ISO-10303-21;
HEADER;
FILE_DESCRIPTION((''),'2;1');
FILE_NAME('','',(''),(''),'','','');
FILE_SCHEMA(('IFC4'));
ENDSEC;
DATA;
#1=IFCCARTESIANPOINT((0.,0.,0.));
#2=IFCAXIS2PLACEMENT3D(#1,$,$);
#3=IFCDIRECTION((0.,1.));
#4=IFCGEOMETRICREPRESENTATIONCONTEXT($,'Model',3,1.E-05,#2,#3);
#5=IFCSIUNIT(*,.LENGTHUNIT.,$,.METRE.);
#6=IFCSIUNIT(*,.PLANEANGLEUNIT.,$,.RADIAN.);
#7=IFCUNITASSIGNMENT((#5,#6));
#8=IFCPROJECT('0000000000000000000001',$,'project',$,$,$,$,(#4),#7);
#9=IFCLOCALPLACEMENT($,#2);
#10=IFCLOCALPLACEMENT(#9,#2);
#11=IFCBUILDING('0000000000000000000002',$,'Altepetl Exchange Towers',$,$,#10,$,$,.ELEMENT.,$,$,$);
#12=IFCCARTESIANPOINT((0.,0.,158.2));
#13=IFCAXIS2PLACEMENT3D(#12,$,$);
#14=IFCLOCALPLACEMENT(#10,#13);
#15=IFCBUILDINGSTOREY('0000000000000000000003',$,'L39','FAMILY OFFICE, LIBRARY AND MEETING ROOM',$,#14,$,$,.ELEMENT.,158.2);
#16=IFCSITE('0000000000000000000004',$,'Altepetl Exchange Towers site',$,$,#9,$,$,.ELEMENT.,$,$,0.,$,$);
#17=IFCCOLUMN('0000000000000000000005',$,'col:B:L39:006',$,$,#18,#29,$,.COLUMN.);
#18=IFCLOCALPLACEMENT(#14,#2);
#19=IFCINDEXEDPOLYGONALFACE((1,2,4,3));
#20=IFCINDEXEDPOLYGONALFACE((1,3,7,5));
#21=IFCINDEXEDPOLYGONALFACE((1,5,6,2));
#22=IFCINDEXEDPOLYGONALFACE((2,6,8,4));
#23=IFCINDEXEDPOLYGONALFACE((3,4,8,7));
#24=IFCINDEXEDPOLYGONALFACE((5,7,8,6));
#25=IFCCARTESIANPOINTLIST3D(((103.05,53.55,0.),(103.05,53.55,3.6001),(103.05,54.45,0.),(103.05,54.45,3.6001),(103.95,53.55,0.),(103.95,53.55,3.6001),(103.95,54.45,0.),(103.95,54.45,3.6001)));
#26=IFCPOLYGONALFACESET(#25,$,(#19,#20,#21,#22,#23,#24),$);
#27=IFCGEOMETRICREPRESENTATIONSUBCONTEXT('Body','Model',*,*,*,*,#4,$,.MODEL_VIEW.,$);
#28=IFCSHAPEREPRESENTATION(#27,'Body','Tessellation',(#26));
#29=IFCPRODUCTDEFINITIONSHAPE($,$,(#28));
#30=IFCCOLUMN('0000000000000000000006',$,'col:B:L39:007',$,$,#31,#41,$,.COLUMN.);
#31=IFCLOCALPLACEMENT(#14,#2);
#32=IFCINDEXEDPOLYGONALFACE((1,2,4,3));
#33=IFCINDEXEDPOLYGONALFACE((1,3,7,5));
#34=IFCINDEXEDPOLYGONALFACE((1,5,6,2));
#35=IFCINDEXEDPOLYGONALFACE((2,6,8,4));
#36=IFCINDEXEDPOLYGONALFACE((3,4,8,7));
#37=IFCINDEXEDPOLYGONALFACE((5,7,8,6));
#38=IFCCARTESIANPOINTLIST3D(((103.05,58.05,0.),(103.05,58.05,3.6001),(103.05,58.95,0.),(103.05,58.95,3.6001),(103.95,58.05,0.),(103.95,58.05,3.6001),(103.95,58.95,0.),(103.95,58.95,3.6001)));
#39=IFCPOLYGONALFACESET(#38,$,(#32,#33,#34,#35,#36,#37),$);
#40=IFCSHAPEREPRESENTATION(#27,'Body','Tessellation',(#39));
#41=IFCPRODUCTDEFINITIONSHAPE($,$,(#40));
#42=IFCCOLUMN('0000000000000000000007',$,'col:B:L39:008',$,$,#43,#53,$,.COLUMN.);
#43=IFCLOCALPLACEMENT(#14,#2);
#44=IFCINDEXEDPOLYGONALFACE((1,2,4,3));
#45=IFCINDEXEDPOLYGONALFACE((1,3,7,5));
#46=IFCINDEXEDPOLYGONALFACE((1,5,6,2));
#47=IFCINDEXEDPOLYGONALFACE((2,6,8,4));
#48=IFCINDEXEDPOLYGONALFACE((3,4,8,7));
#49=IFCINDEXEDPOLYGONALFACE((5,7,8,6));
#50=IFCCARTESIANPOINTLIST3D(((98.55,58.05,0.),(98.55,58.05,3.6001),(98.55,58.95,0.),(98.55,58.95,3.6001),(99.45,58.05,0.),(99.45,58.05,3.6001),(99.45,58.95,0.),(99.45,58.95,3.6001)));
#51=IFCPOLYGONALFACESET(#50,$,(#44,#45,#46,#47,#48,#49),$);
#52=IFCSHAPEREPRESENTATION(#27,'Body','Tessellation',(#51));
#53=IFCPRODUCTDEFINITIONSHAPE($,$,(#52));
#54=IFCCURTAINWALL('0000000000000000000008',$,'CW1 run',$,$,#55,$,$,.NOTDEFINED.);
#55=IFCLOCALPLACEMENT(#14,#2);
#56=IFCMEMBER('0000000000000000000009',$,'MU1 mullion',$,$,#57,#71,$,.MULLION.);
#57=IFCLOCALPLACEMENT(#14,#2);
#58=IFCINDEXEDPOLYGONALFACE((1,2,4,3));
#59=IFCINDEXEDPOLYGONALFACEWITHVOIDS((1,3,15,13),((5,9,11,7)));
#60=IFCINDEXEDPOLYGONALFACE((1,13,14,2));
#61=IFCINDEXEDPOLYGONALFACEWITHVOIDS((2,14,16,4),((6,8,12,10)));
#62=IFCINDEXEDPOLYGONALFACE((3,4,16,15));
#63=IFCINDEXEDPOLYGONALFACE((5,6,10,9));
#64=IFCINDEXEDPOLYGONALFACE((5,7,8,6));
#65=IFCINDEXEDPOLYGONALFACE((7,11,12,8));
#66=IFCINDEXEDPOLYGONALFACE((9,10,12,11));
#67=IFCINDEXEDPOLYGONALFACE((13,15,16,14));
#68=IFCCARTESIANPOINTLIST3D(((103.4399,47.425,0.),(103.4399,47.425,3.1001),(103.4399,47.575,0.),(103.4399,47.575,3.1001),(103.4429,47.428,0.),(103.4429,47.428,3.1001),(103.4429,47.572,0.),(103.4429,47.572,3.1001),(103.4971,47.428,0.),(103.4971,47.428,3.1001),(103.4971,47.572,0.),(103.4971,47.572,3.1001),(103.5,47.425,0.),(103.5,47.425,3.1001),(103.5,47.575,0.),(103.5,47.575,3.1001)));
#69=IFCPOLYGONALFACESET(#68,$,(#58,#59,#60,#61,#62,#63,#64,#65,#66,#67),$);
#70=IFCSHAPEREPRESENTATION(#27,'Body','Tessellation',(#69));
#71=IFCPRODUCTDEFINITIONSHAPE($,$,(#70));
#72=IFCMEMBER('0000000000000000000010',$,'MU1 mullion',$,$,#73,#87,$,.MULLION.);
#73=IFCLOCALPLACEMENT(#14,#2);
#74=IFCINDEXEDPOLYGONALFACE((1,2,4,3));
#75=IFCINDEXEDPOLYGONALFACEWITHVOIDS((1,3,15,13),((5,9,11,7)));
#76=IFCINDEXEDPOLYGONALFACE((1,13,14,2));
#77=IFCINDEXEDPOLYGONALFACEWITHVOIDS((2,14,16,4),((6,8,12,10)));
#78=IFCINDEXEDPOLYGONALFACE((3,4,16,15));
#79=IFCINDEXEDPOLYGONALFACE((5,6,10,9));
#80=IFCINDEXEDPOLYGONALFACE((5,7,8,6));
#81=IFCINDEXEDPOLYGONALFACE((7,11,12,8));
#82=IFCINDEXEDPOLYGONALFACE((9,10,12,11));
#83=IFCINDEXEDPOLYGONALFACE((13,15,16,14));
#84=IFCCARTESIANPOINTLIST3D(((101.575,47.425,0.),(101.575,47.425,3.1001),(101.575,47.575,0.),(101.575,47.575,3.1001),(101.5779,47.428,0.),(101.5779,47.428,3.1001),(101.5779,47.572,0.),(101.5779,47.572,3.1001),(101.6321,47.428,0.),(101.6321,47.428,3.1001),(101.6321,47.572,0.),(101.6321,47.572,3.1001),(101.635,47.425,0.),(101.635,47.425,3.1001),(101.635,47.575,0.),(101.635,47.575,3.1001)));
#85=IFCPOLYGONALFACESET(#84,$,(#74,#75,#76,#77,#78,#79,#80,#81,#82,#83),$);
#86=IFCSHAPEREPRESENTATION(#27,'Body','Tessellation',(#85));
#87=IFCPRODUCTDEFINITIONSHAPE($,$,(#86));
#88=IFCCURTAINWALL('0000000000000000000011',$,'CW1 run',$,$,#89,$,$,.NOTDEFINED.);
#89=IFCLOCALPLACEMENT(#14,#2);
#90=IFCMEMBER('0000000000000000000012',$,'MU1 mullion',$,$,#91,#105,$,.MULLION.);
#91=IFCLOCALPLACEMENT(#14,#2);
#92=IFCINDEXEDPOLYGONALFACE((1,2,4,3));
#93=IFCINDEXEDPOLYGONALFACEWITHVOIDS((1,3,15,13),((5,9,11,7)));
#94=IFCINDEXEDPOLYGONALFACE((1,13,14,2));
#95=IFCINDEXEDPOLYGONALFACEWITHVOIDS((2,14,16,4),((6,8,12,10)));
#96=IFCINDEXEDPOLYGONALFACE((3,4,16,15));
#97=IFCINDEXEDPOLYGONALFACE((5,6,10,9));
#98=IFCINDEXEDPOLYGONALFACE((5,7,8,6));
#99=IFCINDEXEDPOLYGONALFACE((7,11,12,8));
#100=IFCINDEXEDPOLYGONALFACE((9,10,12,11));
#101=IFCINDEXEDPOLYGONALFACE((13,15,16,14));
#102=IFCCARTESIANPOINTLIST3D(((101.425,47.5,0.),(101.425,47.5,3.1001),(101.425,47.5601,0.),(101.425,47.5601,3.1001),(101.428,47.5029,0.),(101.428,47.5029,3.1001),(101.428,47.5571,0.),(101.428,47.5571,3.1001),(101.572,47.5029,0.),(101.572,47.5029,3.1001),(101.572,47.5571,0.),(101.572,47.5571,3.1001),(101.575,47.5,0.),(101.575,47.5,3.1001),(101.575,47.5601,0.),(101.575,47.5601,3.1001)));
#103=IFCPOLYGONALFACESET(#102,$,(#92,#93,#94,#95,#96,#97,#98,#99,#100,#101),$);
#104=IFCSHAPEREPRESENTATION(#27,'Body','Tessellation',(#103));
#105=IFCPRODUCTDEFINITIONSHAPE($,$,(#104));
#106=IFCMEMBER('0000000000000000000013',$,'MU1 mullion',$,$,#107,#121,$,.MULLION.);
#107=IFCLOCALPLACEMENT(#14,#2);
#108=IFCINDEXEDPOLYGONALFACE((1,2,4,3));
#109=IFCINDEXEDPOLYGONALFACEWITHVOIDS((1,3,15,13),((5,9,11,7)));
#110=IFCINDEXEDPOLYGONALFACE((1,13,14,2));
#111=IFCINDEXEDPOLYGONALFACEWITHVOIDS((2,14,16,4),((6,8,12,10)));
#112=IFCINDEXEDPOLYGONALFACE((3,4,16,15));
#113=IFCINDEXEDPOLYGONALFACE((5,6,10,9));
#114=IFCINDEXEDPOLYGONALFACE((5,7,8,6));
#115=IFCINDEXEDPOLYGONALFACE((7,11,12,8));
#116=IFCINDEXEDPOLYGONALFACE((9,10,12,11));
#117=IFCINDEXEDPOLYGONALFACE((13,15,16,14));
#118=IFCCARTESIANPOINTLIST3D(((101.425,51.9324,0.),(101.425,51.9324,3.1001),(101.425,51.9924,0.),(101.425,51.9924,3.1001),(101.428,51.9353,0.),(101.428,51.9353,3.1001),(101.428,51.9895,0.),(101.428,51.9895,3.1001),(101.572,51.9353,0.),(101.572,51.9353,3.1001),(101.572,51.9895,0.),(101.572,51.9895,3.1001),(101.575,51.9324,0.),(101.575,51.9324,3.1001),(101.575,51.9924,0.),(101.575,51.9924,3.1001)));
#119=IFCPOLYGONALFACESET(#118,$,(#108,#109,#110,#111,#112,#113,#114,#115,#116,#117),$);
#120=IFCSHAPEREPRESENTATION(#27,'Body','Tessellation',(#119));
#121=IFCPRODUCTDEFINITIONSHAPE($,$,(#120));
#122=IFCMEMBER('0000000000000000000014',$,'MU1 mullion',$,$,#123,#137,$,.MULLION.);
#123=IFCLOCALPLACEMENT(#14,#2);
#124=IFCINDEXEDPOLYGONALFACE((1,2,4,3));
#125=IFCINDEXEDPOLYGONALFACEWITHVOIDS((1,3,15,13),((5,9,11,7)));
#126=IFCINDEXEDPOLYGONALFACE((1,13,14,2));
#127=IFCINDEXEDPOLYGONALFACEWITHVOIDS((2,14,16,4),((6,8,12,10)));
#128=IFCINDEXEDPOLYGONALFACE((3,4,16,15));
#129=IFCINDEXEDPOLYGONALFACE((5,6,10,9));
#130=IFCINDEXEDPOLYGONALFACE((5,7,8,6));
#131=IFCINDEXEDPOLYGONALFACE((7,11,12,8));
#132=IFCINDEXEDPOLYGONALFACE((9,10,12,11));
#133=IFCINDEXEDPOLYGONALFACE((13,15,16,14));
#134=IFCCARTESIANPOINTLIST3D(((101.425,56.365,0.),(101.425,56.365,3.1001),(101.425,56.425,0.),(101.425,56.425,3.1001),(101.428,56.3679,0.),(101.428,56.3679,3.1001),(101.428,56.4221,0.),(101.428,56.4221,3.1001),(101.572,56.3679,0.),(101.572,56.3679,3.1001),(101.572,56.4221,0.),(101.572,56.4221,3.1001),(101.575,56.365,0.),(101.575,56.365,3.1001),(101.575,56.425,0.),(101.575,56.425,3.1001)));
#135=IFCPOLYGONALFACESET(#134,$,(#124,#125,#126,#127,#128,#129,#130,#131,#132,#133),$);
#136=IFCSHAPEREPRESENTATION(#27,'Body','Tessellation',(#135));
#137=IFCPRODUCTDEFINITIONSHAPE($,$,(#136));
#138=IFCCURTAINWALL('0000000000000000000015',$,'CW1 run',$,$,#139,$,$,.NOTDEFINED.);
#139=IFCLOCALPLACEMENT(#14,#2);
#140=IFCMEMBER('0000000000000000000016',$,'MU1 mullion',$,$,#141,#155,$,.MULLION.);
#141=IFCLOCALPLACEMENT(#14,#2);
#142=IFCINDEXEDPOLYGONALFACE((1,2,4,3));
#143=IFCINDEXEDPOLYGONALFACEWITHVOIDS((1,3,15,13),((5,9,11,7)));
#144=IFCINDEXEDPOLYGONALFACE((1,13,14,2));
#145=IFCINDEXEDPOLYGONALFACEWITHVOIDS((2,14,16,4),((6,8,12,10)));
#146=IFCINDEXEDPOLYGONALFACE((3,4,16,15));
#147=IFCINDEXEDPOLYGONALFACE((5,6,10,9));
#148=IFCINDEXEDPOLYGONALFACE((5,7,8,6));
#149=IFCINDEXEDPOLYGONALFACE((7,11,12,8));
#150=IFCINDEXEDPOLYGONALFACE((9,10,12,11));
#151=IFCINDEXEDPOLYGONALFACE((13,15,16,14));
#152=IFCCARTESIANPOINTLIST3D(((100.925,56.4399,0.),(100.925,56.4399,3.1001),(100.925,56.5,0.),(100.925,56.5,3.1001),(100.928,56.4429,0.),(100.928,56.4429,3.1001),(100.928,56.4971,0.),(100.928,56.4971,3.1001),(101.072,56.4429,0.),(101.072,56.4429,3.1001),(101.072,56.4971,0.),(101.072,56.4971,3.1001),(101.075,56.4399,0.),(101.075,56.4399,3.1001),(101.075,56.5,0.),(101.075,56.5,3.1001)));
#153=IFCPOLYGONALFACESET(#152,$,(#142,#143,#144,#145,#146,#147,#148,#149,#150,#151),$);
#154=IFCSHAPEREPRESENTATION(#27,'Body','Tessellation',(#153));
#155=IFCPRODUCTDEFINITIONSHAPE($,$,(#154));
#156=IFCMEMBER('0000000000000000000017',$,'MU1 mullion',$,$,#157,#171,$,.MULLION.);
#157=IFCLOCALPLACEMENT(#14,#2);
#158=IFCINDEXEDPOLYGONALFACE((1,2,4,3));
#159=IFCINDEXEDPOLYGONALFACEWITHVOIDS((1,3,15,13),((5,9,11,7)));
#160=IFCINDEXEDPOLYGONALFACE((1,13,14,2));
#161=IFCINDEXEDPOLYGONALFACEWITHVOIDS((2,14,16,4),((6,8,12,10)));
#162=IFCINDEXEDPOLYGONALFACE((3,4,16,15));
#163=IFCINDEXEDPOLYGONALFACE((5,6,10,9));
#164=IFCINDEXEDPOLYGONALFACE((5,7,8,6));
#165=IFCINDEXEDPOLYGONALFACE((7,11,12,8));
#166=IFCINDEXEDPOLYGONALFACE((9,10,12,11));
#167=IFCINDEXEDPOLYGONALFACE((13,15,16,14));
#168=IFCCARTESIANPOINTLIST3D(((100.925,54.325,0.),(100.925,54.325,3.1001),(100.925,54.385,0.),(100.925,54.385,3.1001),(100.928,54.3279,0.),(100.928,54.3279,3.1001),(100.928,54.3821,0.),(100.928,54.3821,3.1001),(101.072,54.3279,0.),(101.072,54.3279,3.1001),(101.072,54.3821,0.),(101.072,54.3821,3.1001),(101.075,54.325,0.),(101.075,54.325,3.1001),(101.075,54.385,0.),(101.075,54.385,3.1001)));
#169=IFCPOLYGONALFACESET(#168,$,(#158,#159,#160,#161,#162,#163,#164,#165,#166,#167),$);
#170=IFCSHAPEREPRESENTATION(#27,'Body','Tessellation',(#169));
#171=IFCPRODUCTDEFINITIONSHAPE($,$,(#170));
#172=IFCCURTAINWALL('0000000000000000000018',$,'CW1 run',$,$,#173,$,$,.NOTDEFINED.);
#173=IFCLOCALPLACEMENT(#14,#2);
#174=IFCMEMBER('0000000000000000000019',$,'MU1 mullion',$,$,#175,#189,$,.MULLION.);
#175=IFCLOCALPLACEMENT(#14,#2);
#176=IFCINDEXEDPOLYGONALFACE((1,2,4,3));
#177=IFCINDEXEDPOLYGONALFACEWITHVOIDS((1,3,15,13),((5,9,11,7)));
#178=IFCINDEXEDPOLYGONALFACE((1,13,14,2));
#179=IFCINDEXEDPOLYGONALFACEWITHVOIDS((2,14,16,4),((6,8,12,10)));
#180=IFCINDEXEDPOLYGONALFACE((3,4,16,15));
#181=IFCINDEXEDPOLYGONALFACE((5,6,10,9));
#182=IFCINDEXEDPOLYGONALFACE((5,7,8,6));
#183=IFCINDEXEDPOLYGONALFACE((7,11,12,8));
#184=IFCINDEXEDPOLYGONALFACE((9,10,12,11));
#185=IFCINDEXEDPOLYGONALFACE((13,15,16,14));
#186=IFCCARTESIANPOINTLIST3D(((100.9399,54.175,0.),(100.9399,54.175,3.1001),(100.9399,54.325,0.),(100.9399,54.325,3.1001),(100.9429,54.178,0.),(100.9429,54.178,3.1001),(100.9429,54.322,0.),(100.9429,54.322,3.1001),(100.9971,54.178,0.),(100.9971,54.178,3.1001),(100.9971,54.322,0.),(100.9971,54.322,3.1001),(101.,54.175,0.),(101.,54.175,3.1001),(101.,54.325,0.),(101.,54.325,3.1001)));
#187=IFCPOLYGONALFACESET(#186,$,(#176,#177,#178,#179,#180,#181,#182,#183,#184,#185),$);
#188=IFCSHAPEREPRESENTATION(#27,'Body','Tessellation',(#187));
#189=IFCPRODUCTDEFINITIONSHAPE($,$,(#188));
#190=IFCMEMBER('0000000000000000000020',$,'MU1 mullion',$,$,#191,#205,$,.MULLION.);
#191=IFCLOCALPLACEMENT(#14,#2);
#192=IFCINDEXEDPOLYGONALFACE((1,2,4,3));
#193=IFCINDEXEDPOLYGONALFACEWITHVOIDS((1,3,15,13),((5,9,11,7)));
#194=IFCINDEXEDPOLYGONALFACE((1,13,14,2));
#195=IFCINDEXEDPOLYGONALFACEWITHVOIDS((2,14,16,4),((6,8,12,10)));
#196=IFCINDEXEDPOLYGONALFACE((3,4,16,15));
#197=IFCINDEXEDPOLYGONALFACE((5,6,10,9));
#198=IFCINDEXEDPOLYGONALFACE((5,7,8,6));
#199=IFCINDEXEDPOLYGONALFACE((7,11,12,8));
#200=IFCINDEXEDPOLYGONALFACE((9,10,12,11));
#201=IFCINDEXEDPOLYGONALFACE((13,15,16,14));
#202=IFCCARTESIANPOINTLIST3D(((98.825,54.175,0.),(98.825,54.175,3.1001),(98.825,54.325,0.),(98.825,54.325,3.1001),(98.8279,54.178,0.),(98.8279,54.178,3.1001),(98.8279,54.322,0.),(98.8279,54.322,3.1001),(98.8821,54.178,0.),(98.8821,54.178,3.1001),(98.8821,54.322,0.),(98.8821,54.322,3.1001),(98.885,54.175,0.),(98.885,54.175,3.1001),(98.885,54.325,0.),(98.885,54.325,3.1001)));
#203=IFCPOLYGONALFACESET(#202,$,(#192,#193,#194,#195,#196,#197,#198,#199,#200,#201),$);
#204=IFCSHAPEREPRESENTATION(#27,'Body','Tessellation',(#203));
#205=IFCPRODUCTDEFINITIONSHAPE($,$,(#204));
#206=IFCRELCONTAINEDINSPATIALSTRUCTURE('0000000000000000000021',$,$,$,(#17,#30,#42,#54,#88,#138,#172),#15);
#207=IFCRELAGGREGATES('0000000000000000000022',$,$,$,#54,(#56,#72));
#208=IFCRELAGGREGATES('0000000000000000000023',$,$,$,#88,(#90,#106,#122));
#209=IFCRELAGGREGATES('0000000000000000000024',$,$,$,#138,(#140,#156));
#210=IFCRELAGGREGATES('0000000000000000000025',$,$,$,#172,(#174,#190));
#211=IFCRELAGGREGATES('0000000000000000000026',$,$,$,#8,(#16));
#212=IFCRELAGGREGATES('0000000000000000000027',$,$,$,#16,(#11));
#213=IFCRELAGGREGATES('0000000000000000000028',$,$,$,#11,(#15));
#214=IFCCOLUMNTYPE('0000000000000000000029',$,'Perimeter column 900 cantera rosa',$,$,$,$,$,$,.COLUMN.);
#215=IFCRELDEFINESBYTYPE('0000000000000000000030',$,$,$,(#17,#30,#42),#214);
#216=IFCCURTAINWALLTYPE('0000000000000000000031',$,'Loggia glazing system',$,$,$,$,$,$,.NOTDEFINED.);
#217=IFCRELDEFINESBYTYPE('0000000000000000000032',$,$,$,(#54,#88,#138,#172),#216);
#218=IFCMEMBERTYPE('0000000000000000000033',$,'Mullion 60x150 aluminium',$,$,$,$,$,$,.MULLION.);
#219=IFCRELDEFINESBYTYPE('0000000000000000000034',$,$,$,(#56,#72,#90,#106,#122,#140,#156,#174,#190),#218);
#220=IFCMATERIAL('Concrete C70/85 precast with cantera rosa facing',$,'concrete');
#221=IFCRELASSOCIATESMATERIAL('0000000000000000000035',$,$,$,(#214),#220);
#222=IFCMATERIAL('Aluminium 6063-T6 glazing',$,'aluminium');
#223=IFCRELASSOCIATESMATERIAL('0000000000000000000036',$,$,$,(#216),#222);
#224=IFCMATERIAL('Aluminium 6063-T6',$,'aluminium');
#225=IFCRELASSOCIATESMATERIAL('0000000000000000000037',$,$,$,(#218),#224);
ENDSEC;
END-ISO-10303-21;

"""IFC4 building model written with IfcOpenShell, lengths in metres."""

from ifc_helpers import new_model, si_unit, direction, frame, origin, origin_2d, place, context, subcontext, project, spatial, rectangle, hollow_rectangle, extrude, material, material_profile, profile_set, type_object, element, aggregate, save


model = new_model("IFC4")

# Units and contexts
model_context = context("Model", 3, precision=1e-05, world=origin(), true_north=direction((0.0, 1.0)))
body_context = subcontext(model_context, "Body", "Model", "MODEL_VIEW")
ifc_project = project(units=[si_unit("LENGTHUNIT", "METRE"), si_unit("PLANEANGLEUNIT", "RADIAN")], contexts=[model_context])

# Site, building, storey
site_placement = place(None, origin())
site = spatial("IfcSite", under=ifc_project, at=site_placement, Name="Altepetl Exchange Towers site", CompositionType="ELEMENT", RefElevation=0.0)
building_placement = place(site_placement, origin())
building = spatial("IfcBuilding", under=site, at=building_placement, Name="Altepetl Exchange Towers", CompositionType="ELEMENT")
storey_placement = place(building_placement, frame((0.0, 0.0, 158.2)))
storey = spatial("IfcBuildingStorey", under=building, at=storey_placement, Name="L39", Description="FAMILY OFFICE, LIBRARY AND MEETING ROOM", CompositionType="ELEMENT", Elevation=158.2)

# Columns
ifc_material_1 = material(Name="Concrete C70/85 precast with cantera rosa facing", Category="concrete")
ifc_material_profile_1 = material_profile(ifc_material_1, rectangle(XDim=0.8999, YDim=0.8999, at=origin_2d()), Name="900 x 900")
ifc_profile_set_1 = profile_set([ifc_material_profile_1], Name="Concrete C70/85 precast with cantera rosa facing")
column_type = type_object("IfcColumnType", Name="Perimeter column 900 cantera rosa", PredefinedType="COLUMN", material=ifc_profile_set_1)
for number, where, name in (
    (1, (103.5, 54.0, 0.0), "col:B:L39:006"),
    (2, (103.5, 58.5, 0.0), "col:B:L39:007"),
    (3, (99.0, 58.5, 0.0), "col:B:L39:008"),
):
    element("IfcColumn", number, at=place(storey_placement, frame(where)), inside=storey, type_object=column_type, Name=name, PredefinedType="COLUMN", context=body_context, shape_type="SweptSolid", body=[
        extrude(rectangle(XDim=0.8999, YDim=0.8999, at=origin_2d()), origin(), (0.0, 0.0, 1.0), 3.6001),
    ])

# Curtain walls, members
ifc_material_2 = material(Name="Aluminium 6063-T6 glazing", Category="aluminium")
curtain_wall_type = type_object("IfcCurtainWallType", Name="Loggia glazing system", PredefinedType="NOTDEFINED", material=ifc_material_2)
curtain_wall_1_placement = place(storey_placement, origin())
curtain_wall_1 = element("IfcCurtainWall", 4, at=curtain_wall_1_placement, inside=storey, type_object=curtain_wall_type, Name="CW1 run", PredefinedType="NOTDEFINED")
ifc_material_3 = material(Name="Aluminium 6063-T6", Category="aluminium")
ifc_material_profile_2 = material_profile(ifc_material_3, hollow_rectangle(XDim=0.0601, YDim=0.1499, WallThickness=0.0029, at=origin_2d()), Name="Mullion 60x150 aluminium")
ifc_profile_set_2 = profile_set([ifc_material_profile_2], Name="Aluminium 6063-T6")
member_type = type_object("IfcMemberType", Name="Mullion 60x150 aluminium", PredefinedType="MULLION", material=ifc_profile_set_2)
member_1_placement = place(storey_placement, frame((103.47, 47.5, 0.0), z_axis=(0.0, 0.0, 1.0), x_axis=(-1.0, 0.0, 0.0)))
member_1 = element("IfcMember", 5, at=member_1_placement, type_object=member_type, Name="MU1 mullion", PredefinedType="MULLION", context=body_context, shape_type="SweptSolid", body=[
    extrude(hollow_rectangle(XDim=0.0601, YDim=0.1499, WallThickness=0.0029, at=origin_2d()), origin(), (0.0, 0.0, 1.0), 3.1001),
])
member_2_placement = place(storey_placement, frame((101.605, 47.5, 0.0), z_axis=(0.0, 0.0, 1.0), x_axis=(-1.0, 0.0, 0.0)))
member_2 = element("IfcMember", 6, at=member_2_placement, type_object=member_type, Name="MU1 mullion", PredefinedType="MULLION", context=body_context, shape_type="SweptSolid", body=[
    extrude(hollow_rectangle(XDim=0.0601, YDim=0.1499, WallThickness=0.0029, at=origin_2d()), origin(), (0.0, 0.0, 1.0), 3.1001),
])
curtain_wall_2_placement = place(storey_placement, origin())
curtain_wall_2 = element("IfcCurtainWall", 7, at=curtain_wall_2_placement, inside=storey, type_object=curtain_wall_type, Name="CW1 run", PredefinedType="NOTDEFINED")
member_3_placement = place(storey_placement, frame((101.5, 47.53, 0.0), z_axis=(0.0, 0.0, 1.0), x_axis=(0.0, 1.0, 0.0)))
member_3 = element("IfcMember", 8, at=member_3_placement, type_object=member_type, Name="MU1 mullion", PredefinedType="MULLION", context=body_context, shape_type="SweptSolid", body=[
    extrude(hollow_rectangle(XDim=0.0601, YDim=0.1499, WallThickness=0.0029, at=origin_2d()), origin(), (0.0, 0.0, 1.0), 3.1001),
])
member_4_placement = place(storey_placement, frame((101.5, 51.9624, 0.0), z_axis=(0.0, 0.0, 1.0), x_axis=(0.0, 1.0, 0.0)))
member_4 = element("IfcMember", 9, at=member_4_placement, type_object=member_type, Name="MU1 mullion", PredefinedType="MULLION", context=body_context, shape_type="SweptSolid", body=[
    extrude(hollow_rectangle(XDim=0.0601, YDim=0.1499, WallThickness=0.0029, at=origin_2d()), origin(), (0.0, 0.0, 1.0), 3.1001),
])
member_5_placement = place(storey_placement, frame((101.5, 56.395, 0.0), z_axis=(0.0, 0.0, 1.0), x_axis=(0.0, 1.0, 0.0)))
member_5 = element("IfcMember", 10, at=member_5_placement, type_object=member_type, Name="MU1 mullion", PredefinedType="MULLION", context=body_context, shape_type="SweptSolid", body=[
    extrude(hollow_rectangle(XDim=0.0601, YDim=0.1499, WallThickness=0.0029, at=origin_2d()), origin(), (0.0, 0.0, 1.0), 3.1001),
])
curtain_wall_3_placement = place(storey_placement, origin())
curtain_wall_3 = element("IfcCurtainWall", 11, at=curtain_wall_3_placement, inside=storey, type_object=curtain_wall_type, Name="CW1 run", PredefinedType="NOTDEFINED")
member_6_placement = place(storey_placement, frame((101.0, 56.47, 0.0), z_axis=(0.0, 0.0, 1.0), x_axis=(0.0, -1.0, 0.0)))
member_6 = element("IfcMember", 12, at=member_6_placement, type_object=member_type, Name="MU1 mullion", PredefinedType="MULLION", context=body_context, shape_type="SweptSolid", body=[
    extrude(hollow_rectangle(XDim=0.0601, YDim=0.1499, WallThickness=0.0029, at=origin_2d()), origin(), (0.0, 0.0, 1.0), 3.1001),
])
member_7_placement = place(storey_placement, frame((101.0, 54.355, 0.0), z_axis=(0.0, 0.0, 1.0), x_axis=(0.0, -1.0, 0.0)))
member_7 = element("IfcMember", 13, at=member_7_placement, type_object=member_type, Name="MU1 mullion", PredefinedType="MULLION", context=body_context, shape_type="SweptSolid", body=[
    extrude(hollow_rectangle(XDim=0.0601, YDim=0.1499, WallThickness=0.0029, at=origin_2d()), origin(), (0.0, 0.0, 1.0), 3.1001),
])
curtain_wall_4_placement = place(storey_placement, origin())
curtain_wall_4 = element("IfcCurtainWall", 14, at=curtain_wall_4_placement, inside=storey, type_object=curtain_wall_type, Name="CW1 run", PredefinedType="NOTDEFINED")
member_8_placement = place(storey_placement, frame((100.97, 54.25, 0.0), z_axis=(0.0, 0.0, 1.0), x_axis=(-1.0, 0.0, 0.0)))
member_8 = element("IfcMember", 15, at=member_8_placement, type_object=member_type, Name="MU1 mullion", PredefinedType="MULLION", context=body_context, shape_type="SweptSolid", body=[
    extrude(hollow_rectangle(XDim=0.0601, YDim=0.1499, WallThickness=0.0029, at=origin_2d()), origin(), (0.0, 0.0, 1.0), 3.1001),
])
member_9_placement = place(storey_placement, frame((98.855, 54.25, 0.0), z_axis=(0.0, 0.0, 1.0), x_axis=(-1.0, 0.0, 0.0)))
member_9 = element("IfcMember", 16, at=member_9_placement, type_object=member_type, Name="MU1 mullion", PredefinedType="MULLION", context=body_context, shape_type="SweptSolid", body=[
    extrude(hollow_rectangle(XDim=0.0601, YDim=0.1499, WallThickness=0.0029, at=origin_2d()), origin(), (0.0, 0.0, 1.0), 3.1001),
])

aggregate(curtain_wall_1, [member_1, member_2])
aggregate(curtain_wall_2, [member_3, member_4, member_5])
aggregate(curtain_wall_3, [member_6, member_7])
aggregate(curtain_wall_4, [member_8, member_9])

save(model, "model.ifc")
